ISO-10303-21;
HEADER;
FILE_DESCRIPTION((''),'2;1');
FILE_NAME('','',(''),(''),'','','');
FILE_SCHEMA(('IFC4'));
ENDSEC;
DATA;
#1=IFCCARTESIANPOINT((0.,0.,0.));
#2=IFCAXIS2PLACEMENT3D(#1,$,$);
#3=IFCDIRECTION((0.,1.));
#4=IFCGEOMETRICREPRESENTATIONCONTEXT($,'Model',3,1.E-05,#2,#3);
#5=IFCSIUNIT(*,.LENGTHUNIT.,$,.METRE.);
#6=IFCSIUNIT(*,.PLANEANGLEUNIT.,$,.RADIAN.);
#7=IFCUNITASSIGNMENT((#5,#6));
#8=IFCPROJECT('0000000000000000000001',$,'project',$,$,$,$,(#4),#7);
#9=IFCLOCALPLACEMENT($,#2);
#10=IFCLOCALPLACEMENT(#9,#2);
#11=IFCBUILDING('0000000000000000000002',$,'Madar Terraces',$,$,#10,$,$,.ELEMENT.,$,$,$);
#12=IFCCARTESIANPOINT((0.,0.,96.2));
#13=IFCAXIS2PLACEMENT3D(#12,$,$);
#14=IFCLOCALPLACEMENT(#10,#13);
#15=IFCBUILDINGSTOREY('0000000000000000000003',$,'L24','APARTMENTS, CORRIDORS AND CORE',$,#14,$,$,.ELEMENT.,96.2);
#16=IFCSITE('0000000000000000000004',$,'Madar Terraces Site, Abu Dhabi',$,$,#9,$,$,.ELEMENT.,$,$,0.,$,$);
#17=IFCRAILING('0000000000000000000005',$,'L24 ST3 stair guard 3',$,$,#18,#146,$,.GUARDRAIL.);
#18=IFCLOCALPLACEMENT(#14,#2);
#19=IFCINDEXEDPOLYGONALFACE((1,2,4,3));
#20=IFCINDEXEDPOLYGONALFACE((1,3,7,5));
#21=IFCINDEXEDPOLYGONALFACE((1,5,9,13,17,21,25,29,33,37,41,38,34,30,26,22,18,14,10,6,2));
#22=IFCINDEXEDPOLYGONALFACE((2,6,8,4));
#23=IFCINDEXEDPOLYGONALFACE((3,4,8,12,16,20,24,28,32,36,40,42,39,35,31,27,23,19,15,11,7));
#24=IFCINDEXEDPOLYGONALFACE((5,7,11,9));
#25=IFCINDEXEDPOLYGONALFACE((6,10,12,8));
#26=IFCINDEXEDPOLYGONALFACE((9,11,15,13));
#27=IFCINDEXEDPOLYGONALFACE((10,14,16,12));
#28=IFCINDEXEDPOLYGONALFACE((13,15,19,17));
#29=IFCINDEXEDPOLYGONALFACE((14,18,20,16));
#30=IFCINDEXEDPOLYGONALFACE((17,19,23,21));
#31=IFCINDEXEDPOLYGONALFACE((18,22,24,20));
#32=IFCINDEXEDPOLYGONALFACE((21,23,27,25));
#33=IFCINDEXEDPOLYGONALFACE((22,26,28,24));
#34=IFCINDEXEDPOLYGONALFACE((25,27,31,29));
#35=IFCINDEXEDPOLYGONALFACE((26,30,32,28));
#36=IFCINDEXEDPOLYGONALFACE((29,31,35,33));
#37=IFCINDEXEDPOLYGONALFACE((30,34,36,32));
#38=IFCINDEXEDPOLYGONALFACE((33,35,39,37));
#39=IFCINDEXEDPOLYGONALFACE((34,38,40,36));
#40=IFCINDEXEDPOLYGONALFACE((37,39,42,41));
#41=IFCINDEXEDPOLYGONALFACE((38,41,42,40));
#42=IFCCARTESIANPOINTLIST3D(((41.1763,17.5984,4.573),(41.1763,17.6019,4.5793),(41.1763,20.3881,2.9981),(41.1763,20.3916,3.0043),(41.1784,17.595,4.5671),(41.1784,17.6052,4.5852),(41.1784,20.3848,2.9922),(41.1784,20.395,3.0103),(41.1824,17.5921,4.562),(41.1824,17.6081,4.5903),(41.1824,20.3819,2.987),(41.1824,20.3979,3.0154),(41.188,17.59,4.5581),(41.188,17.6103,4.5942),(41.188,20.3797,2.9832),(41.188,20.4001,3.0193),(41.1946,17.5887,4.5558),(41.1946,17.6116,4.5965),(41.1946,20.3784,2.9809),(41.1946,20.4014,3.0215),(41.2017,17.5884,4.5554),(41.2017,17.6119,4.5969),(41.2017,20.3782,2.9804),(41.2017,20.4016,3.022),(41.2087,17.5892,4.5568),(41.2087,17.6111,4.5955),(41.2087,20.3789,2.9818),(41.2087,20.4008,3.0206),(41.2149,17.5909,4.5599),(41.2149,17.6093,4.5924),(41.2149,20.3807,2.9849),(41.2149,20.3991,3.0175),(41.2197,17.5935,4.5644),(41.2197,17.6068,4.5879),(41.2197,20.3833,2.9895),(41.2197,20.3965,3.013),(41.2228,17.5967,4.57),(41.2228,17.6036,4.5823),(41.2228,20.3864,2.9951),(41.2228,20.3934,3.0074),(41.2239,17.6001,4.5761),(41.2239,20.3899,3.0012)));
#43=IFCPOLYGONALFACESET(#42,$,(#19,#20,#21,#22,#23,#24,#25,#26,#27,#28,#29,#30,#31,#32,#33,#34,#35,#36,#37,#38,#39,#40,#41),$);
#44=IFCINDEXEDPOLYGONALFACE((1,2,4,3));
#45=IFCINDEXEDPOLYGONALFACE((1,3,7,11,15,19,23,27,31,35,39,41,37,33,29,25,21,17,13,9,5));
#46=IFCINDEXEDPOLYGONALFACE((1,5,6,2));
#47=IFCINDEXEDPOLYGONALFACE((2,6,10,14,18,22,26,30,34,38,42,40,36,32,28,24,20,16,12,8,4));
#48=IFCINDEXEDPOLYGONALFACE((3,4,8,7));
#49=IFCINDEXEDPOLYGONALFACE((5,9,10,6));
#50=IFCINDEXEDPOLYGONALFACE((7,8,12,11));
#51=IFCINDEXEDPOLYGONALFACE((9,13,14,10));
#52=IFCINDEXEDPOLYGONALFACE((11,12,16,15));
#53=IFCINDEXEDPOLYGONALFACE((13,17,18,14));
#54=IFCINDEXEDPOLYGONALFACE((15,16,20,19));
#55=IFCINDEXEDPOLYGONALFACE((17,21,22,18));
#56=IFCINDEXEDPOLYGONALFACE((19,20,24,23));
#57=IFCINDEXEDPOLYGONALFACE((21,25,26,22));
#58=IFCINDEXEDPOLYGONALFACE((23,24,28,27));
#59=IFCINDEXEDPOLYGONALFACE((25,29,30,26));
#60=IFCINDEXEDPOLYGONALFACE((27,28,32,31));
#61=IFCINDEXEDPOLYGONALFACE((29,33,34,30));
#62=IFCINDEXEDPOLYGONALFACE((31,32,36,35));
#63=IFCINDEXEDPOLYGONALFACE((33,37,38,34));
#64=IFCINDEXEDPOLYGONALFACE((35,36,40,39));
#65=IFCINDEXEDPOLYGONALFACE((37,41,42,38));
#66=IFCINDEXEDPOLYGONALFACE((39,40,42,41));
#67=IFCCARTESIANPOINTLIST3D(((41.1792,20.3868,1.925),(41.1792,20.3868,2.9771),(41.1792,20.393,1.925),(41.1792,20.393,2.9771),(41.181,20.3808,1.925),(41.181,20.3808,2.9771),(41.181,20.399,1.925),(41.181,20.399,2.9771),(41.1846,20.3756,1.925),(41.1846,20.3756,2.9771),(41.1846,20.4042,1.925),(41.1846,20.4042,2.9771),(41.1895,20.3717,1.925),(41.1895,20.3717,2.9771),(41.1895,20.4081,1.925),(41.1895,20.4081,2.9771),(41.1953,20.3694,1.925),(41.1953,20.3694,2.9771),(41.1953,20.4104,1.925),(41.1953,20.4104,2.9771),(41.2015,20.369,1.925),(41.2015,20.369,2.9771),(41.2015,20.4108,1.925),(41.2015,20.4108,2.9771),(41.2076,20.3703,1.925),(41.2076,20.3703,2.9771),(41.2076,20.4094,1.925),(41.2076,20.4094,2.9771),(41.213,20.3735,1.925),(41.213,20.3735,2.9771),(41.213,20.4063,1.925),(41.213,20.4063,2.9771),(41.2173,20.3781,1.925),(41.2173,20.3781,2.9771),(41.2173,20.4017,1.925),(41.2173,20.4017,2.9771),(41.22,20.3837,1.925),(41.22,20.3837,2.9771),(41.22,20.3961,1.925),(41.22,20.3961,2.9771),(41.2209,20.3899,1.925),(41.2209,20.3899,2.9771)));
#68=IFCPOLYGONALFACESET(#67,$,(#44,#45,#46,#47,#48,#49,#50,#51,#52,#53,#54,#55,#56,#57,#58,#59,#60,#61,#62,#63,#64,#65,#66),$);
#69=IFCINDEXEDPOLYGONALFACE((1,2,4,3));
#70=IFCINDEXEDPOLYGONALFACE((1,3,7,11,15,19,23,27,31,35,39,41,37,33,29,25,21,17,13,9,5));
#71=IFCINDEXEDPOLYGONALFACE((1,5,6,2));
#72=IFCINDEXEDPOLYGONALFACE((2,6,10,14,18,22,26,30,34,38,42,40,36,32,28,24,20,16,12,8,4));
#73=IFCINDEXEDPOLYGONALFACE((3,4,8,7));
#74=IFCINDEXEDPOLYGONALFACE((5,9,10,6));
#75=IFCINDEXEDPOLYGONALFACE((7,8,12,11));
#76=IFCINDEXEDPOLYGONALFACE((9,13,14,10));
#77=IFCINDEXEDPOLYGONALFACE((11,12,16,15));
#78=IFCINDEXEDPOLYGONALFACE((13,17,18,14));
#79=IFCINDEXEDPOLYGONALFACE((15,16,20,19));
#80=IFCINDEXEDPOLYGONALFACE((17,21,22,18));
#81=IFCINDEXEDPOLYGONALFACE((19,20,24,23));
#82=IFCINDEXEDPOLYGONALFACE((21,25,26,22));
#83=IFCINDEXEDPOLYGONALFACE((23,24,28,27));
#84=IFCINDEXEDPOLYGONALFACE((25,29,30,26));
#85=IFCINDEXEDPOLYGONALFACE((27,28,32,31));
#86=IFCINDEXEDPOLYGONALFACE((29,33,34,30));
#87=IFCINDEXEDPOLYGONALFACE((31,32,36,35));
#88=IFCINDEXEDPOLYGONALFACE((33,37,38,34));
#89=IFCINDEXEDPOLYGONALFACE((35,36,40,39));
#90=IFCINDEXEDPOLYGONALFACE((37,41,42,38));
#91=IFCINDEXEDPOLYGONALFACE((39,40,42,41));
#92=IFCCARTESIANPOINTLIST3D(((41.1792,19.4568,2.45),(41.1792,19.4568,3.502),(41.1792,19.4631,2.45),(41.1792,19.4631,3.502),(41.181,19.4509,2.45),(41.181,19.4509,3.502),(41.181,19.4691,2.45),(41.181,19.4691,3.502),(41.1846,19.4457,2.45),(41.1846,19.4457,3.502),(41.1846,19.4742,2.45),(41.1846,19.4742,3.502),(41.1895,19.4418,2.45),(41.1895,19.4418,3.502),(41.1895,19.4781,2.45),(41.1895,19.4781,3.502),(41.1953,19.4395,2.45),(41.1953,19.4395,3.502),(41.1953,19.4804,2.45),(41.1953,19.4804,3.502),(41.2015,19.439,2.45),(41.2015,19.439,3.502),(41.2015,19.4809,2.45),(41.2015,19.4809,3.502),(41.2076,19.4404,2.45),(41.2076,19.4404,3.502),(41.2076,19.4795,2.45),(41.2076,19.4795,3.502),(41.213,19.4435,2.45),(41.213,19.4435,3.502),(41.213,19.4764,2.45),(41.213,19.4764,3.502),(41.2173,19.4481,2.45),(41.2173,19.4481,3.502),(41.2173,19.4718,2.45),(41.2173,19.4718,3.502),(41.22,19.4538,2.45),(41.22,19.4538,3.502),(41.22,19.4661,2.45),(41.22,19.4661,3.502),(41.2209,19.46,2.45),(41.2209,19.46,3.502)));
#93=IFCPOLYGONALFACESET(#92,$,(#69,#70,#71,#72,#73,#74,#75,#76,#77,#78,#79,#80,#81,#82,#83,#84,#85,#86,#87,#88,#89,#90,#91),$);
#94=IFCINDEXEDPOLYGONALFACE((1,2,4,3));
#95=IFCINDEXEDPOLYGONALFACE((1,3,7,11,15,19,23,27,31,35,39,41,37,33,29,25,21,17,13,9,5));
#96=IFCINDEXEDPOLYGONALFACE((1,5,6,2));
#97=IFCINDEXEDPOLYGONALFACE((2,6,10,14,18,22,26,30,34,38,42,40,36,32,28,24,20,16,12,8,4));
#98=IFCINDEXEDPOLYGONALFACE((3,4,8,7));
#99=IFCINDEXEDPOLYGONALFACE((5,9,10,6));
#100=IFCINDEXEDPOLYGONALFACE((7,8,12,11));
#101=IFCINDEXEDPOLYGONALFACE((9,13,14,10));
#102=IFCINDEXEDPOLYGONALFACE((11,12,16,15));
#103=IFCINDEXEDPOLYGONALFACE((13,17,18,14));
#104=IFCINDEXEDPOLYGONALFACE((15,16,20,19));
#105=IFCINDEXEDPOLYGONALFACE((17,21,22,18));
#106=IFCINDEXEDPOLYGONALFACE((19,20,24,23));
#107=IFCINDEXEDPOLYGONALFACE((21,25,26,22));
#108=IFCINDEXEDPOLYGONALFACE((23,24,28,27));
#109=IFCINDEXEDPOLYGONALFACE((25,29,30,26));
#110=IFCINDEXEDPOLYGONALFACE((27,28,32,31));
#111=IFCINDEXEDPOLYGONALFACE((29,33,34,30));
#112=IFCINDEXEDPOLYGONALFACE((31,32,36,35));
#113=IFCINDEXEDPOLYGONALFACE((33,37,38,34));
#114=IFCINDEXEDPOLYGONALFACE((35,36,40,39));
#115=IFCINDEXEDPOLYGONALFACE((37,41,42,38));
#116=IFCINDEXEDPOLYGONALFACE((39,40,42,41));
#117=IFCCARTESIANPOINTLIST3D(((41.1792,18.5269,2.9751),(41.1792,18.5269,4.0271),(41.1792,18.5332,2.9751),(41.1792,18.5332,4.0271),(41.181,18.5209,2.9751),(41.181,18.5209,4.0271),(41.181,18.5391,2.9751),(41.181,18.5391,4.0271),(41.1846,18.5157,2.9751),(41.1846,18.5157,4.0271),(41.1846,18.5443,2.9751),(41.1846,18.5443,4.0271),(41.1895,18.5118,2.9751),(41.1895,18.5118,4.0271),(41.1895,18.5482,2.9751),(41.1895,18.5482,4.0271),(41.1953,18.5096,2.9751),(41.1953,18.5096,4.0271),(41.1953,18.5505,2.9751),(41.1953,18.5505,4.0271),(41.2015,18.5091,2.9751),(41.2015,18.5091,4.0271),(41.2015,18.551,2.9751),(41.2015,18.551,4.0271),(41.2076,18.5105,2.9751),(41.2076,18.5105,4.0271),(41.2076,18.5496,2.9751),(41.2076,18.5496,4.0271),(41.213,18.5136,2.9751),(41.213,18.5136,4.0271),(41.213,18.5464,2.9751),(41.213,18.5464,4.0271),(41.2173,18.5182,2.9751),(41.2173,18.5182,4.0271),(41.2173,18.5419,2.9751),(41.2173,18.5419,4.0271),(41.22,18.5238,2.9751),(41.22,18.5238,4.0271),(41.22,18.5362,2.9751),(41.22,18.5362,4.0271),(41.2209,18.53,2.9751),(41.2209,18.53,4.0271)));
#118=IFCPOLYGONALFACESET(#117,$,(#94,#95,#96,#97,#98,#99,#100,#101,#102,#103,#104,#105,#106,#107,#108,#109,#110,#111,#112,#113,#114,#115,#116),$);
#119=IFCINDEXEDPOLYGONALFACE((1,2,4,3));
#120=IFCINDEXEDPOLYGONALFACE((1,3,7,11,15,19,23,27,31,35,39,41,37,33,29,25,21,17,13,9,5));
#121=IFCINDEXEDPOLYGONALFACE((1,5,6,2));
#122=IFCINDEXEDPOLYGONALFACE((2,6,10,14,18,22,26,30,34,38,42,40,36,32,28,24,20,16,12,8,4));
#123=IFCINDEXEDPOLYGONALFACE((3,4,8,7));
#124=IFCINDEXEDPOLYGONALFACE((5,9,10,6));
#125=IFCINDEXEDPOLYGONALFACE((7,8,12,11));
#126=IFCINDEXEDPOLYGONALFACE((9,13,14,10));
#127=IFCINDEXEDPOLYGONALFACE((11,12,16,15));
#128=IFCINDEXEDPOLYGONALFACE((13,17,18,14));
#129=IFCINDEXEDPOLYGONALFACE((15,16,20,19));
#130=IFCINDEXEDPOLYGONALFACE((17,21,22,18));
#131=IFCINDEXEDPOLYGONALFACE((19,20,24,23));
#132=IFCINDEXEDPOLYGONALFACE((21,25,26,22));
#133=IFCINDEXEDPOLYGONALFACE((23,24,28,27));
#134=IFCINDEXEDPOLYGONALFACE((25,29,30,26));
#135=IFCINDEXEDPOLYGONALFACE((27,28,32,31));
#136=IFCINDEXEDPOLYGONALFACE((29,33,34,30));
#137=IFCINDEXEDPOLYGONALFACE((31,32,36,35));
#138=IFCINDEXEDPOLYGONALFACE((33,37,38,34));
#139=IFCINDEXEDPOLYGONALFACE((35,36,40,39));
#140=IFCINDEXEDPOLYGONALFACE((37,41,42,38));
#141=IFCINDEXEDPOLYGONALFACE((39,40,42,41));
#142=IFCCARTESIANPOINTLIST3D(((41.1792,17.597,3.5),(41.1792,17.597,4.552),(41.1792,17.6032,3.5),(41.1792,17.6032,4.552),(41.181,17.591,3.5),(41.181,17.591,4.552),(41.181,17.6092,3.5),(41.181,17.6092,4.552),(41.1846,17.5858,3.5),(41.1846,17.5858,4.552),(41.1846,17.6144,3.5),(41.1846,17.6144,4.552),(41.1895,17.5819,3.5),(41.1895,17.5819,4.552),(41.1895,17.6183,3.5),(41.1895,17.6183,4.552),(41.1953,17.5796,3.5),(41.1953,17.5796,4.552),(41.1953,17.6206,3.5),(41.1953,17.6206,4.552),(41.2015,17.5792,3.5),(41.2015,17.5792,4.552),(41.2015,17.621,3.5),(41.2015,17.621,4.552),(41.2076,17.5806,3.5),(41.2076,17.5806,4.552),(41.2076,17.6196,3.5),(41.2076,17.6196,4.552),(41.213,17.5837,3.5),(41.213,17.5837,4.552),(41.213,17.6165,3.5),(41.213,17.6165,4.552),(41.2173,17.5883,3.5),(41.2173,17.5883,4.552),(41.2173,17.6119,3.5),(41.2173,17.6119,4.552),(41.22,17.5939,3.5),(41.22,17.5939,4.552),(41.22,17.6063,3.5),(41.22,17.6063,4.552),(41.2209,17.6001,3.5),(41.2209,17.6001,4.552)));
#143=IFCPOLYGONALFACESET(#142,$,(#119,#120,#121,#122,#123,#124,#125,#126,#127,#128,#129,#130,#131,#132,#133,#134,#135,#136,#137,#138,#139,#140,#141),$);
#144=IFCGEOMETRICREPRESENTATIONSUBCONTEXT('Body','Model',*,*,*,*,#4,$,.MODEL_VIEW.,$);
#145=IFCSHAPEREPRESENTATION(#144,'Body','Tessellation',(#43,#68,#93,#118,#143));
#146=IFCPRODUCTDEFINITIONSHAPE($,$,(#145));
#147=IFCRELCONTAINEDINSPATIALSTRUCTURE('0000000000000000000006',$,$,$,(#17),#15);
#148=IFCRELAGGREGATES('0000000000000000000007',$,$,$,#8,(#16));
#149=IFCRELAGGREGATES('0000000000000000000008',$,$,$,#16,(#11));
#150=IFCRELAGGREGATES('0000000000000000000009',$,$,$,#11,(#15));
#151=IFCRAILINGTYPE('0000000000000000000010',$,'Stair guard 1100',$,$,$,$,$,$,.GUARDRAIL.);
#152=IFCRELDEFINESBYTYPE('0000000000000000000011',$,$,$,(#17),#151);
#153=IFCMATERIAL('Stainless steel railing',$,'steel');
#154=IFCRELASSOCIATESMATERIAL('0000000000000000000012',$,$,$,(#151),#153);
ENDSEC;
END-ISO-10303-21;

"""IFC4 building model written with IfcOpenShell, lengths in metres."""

from ifc_helpers import new_model, si_unit, direction, frame, origin, origin_2d, place, context, subcontext, project, spatial, circle, extrude, material, type_object, element, save


model = new_model("IFC4")

# Units and contexts
model_context = context("Model", 3, precision=1e-05, world=origin(), true_north=direction((0.0, 1.0)))
body_context = subcontext(model_context, "Body", "Model", "MODEL_VIEW")
ifc_project = project(units=[si_unit("LENGTHUNIT", "METRE"), si_unit("PLANEANGLEUNIT", "RADIAN")], contexts=[model_context])

# Site, building, storey
site_placement = place(None, origin())
site = spatial("IfcSite", under=ifc_project, at=site_placement, Name="Madar Terraces Site, Abu Dhabi", CompositionType="ELEMENT", RefElevation=0.0)
building_placement = place(site_placement, origin())
building = spatial("IfcBuilding", under=site, at=building_placement, Name="Madar Terraces", CompositionType="ELEMENT")
storey_placement = place(building_placement, frame((0.0, 0.0, 96.2)))
storey = spatial("IfcBuildingStorey", under=building, at=storey_placement, Name="L24", Description="APARTMENTS, CORRIDORS AND CORE", CompositionType="ELEMENT", Elevation=96.2)

# Railing
ifc_material_1 = material(Name="Stainless steel railing", Category="steel")
railing_type_1 = type_object("IfcRailingType", Name="Stair guard 1100", PredefinedType="GUARDRAIL", material=ifc_material_1)
railing_1_placement = place(storey_placement, frame((41.2, 20.3899, 1.925)))
element("IfcRailing", 1, at=railing_1_placement, inside=storey, type_object=railing_type_1, Name="L24 ST3 stair guard 3", PredefinedType="GUARDRAIL", context=body_context, shape_type="SweptSolid", body=[
    extrude(circle(Radius=0.0239, at=origin_2d()), frame((0.0, 0.0, 1.0762), z_axis=(0.0, -0.870815, 0.49161), x_axis=(1.0, 0.0, 0.0)), (0.0, 0.0, 1.0), 3.2036),
    extrude(circle(Radius=0.021, at=origin_2d()), origin(), (0.0, 0.0, 1.0), 1.052),
    extrude(circle(Radius=0.021, at=origin_2d()), frame((0.0, -0.9299, 0.5249)), (0.0, 0.0, 1.0), 1.052),
    extrude(circle(Radius=0.021, at=origin_2d()), frame((0.0, -1.8599, 1.05)), (0.0, 0.0, 1.0), 1.052),
    extrude(circle(Radius=0.021, at=origin_2d()), frame((0.0, -2.7898, 1.575)), (0.0, 0.0, 1.0), 1.052),
])

save(model, "model.ifc")
